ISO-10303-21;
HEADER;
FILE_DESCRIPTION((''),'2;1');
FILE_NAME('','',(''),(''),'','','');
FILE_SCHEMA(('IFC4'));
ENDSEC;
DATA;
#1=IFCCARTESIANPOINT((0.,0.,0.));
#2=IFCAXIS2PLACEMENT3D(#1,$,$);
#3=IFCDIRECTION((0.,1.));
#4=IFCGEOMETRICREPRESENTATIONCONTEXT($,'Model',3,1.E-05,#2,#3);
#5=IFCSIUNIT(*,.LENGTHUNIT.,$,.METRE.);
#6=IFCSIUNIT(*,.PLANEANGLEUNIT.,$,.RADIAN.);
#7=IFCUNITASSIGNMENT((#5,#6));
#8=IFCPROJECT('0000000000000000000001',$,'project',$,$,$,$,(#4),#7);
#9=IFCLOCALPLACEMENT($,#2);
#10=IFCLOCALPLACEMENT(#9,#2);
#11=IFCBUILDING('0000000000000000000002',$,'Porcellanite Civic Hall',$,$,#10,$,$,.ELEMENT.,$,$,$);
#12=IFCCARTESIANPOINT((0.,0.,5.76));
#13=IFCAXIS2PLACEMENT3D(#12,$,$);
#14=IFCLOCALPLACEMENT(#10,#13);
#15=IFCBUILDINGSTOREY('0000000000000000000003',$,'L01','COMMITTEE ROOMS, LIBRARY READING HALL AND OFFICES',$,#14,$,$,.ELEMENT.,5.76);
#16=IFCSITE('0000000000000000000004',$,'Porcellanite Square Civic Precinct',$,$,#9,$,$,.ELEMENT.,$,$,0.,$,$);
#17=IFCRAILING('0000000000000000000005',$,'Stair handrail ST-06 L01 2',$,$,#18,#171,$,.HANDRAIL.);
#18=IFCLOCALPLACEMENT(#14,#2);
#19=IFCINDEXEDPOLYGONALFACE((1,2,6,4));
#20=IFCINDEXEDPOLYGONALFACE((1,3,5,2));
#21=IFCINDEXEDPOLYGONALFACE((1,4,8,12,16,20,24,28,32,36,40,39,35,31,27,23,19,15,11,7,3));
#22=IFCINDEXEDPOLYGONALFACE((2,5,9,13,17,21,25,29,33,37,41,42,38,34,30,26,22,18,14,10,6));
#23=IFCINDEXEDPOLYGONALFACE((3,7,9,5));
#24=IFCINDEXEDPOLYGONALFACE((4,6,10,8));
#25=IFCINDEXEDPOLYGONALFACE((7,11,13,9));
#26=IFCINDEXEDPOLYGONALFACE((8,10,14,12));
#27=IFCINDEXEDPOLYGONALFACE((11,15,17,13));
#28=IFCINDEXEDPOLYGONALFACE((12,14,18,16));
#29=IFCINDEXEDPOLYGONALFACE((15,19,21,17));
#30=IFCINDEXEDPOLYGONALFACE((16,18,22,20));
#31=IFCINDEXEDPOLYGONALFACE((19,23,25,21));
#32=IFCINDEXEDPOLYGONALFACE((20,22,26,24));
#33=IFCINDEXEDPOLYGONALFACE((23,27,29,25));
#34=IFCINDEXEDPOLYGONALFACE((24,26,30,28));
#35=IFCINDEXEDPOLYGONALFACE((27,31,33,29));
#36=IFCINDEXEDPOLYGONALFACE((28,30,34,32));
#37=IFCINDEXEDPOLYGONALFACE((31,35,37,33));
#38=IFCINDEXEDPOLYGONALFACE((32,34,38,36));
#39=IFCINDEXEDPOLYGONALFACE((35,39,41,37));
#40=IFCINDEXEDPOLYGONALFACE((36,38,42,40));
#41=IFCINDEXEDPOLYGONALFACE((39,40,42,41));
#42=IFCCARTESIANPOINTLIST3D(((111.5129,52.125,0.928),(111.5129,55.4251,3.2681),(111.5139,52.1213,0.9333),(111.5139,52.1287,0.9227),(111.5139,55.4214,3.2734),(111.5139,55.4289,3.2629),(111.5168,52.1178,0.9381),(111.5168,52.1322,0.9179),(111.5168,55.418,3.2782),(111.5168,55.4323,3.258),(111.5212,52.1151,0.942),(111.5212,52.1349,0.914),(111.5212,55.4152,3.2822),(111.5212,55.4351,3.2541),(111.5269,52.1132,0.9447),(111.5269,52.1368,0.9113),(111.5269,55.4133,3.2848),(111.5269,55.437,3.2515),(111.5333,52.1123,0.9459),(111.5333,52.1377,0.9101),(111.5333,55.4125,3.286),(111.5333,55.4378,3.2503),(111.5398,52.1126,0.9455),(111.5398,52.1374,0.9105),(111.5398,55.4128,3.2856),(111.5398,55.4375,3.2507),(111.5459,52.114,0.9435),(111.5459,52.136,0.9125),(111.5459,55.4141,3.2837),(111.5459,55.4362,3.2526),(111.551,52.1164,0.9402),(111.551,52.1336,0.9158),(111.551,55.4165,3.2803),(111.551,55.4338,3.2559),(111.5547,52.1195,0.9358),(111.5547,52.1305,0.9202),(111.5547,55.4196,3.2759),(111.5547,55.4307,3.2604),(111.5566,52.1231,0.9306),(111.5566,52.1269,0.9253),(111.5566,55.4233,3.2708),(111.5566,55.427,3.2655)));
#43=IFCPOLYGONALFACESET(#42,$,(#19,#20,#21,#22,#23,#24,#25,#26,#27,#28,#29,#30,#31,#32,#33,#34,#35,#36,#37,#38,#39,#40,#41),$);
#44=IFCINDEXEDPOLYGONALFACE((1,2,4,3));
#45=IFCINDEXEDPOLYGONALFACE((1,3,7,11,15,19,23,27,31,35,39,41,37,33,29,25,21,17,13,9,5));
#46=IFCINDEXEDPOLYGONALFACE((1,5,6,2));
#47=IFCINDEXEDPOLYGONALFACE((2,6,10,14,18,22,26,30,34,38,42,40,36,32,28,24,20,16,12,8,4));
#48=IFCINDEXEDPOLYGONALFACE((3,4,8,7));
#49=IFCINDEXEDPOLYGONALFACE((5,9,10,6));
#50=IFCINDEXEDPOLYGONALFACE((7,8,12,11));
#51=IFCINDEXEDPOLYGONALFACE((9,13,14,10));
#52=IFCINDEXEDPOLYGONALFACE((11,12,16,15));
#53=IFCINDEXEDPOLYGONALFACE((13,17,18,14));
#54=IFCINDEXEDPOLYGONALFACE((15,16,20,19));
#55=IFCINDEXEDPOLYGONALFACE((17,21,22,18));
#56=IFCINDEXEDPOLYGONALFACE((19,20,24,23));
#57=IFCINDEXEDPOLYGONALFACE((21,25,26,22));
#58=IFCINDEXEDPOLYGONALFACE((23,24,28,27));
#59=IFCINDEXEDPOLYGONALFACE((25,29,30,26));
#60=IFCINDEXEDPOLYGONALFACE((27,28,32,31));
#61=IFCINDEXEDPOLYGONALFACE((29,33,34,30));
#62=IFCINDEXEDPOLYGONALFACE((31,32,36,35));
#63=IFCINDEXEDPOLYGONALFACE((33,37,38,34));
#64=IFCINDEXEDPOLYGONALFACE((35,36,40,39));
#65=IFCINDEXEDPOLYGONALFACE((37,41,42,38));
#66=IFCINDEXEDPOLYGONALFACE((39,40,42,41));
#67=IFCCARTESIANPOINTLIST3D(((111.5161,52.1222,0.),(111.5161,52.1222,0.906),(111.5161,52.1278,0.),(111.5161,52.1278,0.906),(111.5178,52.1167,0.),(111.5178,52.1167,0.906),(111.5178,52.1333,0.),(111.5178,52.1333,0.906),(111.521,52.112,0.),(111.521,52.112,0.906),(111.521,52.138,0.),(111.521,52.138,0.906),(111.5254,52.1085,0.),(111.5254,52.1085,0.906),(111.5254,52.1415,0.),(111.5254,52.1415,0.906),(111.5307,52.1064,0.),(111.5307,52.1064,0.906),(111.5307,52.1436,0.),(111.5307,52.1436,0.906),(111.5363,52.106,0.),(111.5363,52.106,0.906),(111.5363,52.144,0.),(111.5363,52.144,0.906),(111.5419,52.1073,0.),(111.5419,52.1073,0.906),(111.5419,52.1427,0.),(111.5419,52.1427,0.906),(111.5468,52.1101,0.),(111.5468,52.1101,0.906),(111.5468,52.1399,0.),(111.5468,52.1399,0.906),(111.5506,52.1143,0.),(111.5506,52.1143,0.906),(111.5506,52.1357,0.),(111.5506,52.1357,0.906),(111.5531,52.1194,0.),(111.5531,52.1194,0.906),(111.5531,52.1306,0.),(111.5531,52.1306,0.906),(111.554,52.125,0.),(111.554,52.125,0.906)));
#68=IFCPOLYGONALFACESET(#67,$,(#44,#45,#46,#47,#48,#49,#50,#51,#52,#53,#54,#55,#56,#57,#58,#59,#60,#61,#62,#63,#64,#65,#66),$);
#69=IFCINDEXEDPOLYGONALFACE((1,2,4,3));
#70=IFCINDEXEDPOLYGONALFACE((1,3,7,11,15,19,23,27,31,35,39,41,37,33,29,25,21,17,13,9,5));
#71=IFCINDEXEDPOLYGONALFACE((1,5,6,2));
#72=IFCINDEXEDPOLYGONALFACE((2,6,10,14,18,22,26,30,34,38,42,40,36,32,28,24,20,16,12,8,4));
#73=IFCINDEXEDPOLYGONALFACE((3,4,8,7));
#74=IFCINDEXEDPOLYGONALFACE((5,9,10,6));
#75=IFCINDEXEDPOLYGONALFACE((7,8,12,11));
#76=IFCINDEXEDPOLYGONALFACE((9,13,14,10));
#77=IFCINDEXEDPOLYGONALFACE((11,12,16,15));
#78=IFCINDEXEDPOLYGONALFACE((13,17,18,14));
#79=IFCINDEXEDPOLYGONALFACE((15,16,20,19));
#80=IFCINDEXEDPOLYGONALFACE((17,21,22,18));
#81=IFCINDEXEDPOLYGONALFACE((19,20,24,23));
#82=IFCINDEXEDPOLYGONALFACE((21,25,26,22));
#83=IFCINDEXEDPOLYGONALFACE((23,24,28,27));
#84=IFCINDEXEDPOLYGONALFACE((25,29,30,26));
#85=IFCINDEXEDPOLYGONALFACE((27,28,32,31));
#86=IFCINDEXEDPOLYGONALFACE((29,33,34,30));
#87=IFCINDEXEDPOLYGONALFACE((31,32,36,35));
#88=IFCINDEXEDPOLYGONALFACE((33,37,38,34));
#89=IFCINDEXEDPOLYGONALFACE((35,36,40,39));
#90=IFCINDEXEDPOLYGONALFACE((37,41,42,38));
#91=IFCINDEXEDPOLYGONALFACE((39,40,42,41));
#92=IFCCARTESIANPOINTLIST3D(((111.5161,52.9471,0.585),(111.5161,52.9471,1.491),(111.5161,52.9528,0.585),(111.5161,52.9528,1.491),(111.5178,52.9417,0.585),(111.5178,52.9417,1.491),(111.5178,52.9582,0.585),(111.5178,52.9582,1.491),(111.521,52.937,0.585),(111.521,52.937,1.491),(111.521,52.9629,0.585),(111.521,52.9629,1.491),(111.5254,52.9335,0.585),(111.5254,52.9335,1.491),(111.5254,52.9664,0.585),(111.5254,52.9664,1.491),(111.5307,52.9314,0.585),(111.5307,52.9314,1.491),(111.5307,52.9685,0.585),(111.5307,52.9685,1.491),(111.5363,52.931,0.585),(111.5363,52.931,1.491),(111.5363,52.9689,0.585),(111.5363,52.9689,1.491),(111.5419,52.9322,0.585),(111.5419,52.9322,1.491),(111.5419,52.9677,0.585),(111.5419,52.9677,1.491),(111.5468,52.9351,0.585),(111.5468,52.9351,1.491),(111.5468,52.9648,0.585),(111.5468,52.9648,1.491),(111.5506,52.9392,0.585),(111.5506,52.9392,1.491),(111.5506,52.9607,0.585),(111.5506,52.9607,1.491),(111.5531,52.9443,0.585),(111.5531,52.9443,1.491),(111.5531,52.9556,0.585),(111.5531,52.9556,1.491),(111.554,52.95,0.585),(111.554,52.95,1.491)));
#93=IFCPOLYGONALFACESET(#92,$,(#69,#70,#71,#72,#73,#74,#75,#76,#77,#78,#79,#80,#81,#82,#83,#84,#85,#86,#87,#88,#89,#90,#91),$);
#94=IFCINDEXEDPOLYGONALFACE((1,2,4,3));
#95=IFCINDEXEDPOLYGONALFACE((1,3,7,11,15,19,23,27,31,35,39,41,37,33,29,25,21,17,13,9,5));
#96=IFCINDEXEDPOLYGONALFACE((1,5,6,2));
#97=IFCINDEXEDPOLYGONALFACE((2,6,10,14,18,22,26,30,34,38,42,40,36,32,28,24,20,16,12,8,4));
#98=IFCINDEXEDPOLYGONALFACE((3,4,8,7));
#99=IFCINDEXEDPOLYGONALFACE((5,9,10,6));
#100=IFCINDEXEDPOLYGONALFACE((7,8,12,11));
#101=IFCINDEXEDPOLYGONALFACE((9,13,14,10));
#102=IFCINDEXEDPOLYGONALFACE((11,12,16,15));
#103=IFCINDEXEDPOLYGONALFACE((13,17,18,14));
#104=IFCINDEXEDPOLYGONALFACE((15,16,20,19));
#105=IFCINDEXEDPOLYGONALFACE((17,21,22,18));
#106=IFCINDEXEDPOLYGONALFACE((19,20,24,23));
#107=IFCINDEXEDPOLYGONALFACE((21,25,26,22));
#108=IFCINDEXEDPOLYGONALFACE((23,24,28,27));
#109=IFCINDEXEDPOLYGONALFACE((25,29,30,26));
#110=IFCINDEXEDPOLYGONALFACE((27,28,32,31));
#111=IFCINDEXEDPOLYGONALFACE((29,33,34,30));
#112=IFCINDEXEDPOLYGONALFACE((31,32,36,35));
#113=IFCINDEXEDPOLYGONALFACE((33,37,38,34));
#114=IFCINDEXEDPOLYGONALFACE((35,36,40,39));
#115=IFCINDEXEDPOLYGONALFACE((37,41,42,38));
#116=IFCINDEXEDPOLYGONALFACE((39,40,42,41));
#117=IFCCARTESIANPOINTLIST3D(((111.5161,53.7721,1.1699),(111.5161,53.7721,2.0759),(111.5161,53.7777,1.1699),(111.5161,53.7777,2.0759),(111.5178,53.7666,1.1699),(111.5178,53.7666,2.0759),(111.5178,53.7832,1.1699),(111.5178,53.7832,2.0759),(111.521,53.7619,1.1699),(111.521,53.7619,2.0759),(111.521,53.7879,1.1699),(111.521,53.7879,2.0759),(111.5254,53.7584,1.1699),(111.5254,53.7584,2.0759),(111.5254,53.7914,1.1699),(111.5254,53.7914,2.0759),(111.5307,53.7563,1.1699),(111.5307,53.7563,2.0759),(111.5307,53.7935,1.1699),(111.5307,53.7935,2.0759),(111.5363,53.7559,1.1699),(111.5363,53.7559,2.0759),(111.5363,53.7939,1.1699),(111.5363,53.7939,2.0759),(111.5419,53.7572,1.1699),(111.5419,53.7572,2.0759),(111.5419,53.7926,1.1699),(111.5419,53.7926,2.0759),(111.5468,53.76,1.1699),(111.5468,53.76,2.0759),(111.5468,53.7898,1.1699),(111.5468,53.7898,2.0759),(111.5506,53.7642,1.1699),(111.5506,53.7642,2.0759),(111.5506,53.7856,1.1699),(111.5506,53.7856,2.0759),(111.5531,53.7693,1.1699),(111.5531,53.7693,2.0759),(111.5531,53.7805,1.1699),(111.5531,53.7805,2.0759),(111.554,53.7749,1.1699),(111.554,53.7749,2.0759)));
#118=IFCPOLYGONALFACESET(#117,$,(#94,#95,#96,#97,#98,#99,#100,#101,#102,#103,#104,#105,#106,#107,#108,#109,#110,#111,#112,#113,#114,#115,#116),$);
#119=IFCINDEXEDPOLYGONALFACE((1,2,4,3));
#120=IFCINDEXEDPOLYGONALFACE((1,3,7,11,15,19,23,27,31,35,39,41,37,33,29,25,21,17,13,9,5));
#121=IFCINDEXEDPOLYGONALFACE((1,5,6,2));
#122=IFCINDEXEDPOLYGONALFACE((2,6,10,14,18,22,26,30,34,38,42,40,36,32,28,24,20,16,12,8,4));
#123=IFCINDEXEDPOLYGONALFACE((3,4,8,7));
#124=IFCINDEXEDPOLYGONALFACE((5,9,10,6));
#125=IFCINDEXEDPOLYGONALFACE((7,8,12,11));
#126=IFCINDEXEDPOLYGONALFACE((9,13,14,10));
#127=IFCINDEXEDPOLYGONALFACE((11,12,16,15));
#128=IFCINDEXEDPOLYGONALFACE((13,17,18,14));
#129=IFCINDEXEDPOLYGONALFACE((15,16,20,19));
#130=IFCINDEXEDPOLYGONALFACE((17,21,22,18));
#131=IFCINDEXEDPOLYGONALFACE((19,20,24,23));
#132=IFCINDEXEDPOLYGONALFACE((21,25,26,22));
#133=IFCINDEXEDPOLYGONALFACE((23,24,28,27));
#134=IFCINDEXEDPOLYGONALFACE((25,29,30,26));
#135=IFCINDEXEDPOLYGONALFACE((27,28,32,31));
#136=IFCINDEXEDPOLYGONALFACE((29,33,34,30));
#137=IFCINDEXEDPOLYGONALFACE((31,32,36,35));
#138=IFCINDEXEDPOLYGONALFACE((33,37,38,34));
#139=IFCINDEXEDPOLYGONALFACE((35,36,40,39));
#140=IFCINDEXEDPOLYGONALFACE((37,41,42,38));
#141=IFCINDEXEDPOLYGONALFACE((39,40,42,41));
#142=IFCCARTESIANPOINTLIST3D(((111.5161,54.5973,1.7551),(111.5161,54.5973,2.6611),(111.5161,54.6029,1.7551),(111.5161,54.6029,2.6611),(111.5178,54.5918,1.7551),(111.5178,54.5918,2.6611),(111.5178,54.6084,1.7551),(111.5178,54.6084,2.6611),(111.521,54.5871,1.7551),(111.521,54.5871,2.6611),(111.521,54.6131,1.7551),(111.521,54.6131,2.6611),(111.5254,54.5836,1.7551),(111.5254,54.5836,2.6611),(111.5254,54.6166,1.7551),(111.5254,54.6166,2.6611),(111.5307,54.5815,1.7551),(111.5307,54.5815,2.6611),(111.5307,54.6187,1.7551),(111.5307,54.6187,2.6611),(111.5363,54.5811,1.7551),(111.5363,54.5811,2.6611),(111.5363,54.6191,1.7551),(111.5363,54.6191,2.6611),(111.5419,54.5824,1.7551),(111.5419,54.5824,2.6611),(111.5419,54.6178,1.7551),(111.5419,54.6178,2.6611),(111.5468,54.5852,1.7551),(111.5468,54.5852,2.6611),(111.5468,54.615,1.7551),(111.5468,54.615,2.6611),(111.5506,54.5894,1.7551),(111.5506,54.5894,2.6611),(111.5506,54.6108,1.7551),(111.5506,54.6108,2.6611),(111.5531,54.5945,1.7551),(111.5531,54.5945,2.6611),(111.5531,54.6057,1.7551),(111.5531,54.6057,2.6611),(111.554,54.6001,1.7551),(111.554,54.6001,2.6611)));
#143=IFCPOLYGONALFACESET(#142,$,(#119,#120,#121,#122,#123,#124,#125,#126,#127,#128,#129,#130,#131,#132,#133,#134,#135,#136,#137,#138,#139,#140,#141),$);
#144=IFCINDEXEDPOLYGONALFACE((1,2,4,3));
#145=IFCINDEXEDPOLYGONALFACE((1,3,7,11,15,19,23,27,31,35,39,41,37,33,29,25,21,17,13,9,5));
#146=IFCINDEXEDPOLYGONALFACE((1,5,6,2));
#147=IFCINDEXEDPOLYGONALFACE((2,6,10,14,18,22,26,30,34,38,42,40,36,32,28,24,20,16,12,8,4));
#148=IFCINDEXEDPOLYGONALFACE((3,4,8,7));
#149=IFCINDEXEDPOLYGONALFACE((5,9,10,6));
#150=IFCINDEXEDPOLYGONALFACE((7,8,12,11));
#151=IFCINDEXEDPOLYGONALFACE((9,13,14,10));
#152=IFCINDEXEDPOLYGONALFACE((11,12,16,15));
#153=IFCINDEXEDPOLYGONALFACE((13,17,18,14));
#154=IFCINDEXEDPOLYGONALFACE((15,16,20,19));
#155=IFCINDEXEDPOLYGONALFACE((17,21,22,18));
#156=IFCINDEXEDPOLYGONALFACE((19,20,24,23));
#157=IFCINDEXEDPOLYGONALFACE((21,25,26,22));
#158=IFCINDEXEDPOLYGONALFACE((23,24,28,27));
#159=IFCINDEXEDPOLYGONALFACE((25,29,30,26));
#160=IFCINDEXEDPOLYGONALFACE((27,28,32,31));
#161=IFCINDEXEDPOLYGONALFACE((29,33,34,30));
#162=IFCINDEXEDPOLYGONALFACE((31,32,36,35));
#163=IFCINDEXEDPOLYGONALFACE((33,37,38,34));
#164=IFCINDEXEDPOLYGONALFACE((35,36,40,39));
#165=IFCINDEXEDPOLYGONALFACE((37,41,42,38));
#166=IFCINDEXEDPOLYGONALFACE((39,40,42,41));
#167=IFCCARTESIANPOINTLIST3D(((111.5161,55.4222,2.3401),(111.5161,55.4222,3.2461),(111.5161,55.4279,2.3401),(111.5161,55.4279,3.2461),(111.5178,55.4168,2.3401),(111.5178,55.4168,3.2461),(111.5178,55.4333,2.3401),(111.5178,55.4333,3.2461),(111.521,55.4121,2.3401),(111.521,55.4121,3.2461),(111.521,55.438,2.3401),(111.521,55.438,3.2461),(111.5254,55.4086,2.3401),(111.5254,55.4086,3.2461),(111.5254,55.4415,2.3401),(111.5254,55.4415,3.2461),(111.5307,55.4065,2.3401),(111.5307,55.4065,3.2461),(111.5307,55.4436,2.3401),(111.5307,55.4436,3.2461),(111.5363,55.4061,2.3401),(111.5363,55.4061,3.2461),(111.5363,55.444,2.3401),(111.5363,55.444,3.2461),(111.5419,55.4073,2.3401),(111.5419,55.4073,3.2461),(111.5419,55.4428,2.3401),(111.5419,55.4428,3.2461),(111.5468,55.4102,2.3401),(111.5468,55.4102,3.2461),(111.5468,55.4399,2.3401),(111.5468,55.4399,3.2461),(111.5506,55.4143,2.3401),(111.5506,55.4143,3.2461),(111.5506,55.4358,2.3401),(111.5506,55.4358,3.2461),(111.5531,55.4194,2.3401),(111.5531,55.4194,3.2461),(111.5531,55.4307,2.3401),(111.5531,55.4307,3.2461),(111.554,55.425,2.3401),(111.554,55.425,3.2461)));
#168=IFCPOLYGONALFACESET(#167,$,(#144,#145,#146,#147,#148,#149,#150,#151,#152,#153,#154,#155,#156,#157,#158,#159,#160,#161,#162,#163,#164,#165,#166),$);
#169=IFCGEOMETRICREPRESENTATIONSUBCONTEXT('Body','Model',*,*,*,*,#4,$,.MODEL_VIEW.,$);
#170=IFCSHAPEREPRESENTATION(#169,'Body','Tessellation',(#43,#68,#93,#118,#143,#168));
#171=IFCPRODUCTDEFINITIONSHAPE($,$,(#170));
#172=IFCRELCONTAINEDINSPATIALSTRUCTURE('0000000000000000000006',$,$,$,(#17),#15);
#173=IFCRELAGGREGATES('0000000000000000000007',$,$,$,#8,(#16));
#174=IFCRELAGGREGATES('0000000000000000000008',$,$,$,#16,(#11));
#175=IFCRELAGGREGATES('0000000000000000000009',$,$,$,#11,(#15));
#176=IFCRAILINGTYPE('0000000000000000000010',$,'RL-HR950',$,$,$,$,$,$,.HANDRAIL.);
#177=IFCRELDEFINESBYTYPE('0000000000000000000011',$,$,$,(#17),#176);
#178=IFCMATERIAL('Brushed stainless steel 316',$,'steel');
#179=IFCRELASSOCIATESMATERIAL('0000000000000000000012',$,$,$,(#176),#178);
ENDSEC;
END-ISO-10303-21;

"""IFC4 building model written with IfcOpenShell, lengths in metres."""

from ifc_helpers import new_model, si_unit, direction, frame, origin, origin_2d, place, context, subcontext, project, spatial, circle, extrude, material, type_object, element, save


model = new_model("IFC4")

# Units and contexts
model_context = context("Model", 3, precision=1e-05, world=origin(), true_north=direction((0.0, 1.0)))
body_context = subcontext(model_context, "Body", "Model", "MODEL_VIEW")
ifc_project = project(units=[si_unit("LENGTHUNIT", "METRE"), si_unit("PLANEANGLEUNIT", "RADIAN")], contexts=[model_context])

# Site, building, storey
site_placement = place(None, origin())
site = spatial("IfcSite", under=ifc_project, at=site_placement, Name="Porcellanite Square Civic Precinct", CompositionType="ELEMENT", RefElevation=0.0)
building_placement = place(site_placement, origin())
building = spatial("IfcBuilding", under=site, at=building_placement, Name="Porcellanite Civic Hall", CompositionType="ELEMENT")
storey_placement = place(building_placement, frame((0.0, 0.0, 5.76)))
storey = spatial("IfcBuildingStorey", under=building, at=storey_placement, Name="L01", Description="COMMITTEE ROOMS, LIBRARY READING HALL AND OFFICES", CompositionType="ELEMENT", Elevation=5.76)

# Railing
ifc_material_1 = material(Name="Brushed stainless steel 316", Category="steel")
railing_type_1 = type_object("IfcRailingType", Name="RL-HR950", PredefinedType="HANDRAIL", material=ifc_material_1)
railing_1_placement = place(storey_placement, frame((111.5349, 52.125, 0.0)))
element("IfcRailing", 1, at=railing_1_placement, inside=storey, type_object=railing_type_1, Name="Stair handrail ST-06 L01 2", PredefinedType="HANDRAIL", context=body_context, shape_type="SweptSolid", body=[
    extrude(circle(Radius=0.022, at=origin_2d()), frame((0.0, 0.0, 0.928), z_axis=(0.0, 0.815727, 0.578438), x_axis=(-1.0, 0.0, 0.0)), (0.0, 0.0, 1.0), 4.0457),
    extrude(circle(Radius=0.019, at=origin_2d()), origin(), (0.0, 0.0, 1.0), 0.906),
    extrude(circle(Radius=0.019, at=origin_2d()), frame((0.0, 0.825, 0.585)), (0.0, 0.0, 1.0), 0.906),
    extrude(circle(Radius=0.019, at=origin_2d()), frame((0.0, 1.6499, 1.1699)), (0.0, 0.0, 1.0), 0.906),
    extrude(circle(Radius=0.019, at=origin_2d()), frame((0.0, 2.4751, 1.7551)), (0.0, 0.0, 1.0), 0.906),
    extrude(circle(Radius=0.019, at=origin_2d()), frame((0.0, 3.3, 2.3401)), (0.0, 0.0, 1.0), 0.906),
])

save(model, "model.ifc")
